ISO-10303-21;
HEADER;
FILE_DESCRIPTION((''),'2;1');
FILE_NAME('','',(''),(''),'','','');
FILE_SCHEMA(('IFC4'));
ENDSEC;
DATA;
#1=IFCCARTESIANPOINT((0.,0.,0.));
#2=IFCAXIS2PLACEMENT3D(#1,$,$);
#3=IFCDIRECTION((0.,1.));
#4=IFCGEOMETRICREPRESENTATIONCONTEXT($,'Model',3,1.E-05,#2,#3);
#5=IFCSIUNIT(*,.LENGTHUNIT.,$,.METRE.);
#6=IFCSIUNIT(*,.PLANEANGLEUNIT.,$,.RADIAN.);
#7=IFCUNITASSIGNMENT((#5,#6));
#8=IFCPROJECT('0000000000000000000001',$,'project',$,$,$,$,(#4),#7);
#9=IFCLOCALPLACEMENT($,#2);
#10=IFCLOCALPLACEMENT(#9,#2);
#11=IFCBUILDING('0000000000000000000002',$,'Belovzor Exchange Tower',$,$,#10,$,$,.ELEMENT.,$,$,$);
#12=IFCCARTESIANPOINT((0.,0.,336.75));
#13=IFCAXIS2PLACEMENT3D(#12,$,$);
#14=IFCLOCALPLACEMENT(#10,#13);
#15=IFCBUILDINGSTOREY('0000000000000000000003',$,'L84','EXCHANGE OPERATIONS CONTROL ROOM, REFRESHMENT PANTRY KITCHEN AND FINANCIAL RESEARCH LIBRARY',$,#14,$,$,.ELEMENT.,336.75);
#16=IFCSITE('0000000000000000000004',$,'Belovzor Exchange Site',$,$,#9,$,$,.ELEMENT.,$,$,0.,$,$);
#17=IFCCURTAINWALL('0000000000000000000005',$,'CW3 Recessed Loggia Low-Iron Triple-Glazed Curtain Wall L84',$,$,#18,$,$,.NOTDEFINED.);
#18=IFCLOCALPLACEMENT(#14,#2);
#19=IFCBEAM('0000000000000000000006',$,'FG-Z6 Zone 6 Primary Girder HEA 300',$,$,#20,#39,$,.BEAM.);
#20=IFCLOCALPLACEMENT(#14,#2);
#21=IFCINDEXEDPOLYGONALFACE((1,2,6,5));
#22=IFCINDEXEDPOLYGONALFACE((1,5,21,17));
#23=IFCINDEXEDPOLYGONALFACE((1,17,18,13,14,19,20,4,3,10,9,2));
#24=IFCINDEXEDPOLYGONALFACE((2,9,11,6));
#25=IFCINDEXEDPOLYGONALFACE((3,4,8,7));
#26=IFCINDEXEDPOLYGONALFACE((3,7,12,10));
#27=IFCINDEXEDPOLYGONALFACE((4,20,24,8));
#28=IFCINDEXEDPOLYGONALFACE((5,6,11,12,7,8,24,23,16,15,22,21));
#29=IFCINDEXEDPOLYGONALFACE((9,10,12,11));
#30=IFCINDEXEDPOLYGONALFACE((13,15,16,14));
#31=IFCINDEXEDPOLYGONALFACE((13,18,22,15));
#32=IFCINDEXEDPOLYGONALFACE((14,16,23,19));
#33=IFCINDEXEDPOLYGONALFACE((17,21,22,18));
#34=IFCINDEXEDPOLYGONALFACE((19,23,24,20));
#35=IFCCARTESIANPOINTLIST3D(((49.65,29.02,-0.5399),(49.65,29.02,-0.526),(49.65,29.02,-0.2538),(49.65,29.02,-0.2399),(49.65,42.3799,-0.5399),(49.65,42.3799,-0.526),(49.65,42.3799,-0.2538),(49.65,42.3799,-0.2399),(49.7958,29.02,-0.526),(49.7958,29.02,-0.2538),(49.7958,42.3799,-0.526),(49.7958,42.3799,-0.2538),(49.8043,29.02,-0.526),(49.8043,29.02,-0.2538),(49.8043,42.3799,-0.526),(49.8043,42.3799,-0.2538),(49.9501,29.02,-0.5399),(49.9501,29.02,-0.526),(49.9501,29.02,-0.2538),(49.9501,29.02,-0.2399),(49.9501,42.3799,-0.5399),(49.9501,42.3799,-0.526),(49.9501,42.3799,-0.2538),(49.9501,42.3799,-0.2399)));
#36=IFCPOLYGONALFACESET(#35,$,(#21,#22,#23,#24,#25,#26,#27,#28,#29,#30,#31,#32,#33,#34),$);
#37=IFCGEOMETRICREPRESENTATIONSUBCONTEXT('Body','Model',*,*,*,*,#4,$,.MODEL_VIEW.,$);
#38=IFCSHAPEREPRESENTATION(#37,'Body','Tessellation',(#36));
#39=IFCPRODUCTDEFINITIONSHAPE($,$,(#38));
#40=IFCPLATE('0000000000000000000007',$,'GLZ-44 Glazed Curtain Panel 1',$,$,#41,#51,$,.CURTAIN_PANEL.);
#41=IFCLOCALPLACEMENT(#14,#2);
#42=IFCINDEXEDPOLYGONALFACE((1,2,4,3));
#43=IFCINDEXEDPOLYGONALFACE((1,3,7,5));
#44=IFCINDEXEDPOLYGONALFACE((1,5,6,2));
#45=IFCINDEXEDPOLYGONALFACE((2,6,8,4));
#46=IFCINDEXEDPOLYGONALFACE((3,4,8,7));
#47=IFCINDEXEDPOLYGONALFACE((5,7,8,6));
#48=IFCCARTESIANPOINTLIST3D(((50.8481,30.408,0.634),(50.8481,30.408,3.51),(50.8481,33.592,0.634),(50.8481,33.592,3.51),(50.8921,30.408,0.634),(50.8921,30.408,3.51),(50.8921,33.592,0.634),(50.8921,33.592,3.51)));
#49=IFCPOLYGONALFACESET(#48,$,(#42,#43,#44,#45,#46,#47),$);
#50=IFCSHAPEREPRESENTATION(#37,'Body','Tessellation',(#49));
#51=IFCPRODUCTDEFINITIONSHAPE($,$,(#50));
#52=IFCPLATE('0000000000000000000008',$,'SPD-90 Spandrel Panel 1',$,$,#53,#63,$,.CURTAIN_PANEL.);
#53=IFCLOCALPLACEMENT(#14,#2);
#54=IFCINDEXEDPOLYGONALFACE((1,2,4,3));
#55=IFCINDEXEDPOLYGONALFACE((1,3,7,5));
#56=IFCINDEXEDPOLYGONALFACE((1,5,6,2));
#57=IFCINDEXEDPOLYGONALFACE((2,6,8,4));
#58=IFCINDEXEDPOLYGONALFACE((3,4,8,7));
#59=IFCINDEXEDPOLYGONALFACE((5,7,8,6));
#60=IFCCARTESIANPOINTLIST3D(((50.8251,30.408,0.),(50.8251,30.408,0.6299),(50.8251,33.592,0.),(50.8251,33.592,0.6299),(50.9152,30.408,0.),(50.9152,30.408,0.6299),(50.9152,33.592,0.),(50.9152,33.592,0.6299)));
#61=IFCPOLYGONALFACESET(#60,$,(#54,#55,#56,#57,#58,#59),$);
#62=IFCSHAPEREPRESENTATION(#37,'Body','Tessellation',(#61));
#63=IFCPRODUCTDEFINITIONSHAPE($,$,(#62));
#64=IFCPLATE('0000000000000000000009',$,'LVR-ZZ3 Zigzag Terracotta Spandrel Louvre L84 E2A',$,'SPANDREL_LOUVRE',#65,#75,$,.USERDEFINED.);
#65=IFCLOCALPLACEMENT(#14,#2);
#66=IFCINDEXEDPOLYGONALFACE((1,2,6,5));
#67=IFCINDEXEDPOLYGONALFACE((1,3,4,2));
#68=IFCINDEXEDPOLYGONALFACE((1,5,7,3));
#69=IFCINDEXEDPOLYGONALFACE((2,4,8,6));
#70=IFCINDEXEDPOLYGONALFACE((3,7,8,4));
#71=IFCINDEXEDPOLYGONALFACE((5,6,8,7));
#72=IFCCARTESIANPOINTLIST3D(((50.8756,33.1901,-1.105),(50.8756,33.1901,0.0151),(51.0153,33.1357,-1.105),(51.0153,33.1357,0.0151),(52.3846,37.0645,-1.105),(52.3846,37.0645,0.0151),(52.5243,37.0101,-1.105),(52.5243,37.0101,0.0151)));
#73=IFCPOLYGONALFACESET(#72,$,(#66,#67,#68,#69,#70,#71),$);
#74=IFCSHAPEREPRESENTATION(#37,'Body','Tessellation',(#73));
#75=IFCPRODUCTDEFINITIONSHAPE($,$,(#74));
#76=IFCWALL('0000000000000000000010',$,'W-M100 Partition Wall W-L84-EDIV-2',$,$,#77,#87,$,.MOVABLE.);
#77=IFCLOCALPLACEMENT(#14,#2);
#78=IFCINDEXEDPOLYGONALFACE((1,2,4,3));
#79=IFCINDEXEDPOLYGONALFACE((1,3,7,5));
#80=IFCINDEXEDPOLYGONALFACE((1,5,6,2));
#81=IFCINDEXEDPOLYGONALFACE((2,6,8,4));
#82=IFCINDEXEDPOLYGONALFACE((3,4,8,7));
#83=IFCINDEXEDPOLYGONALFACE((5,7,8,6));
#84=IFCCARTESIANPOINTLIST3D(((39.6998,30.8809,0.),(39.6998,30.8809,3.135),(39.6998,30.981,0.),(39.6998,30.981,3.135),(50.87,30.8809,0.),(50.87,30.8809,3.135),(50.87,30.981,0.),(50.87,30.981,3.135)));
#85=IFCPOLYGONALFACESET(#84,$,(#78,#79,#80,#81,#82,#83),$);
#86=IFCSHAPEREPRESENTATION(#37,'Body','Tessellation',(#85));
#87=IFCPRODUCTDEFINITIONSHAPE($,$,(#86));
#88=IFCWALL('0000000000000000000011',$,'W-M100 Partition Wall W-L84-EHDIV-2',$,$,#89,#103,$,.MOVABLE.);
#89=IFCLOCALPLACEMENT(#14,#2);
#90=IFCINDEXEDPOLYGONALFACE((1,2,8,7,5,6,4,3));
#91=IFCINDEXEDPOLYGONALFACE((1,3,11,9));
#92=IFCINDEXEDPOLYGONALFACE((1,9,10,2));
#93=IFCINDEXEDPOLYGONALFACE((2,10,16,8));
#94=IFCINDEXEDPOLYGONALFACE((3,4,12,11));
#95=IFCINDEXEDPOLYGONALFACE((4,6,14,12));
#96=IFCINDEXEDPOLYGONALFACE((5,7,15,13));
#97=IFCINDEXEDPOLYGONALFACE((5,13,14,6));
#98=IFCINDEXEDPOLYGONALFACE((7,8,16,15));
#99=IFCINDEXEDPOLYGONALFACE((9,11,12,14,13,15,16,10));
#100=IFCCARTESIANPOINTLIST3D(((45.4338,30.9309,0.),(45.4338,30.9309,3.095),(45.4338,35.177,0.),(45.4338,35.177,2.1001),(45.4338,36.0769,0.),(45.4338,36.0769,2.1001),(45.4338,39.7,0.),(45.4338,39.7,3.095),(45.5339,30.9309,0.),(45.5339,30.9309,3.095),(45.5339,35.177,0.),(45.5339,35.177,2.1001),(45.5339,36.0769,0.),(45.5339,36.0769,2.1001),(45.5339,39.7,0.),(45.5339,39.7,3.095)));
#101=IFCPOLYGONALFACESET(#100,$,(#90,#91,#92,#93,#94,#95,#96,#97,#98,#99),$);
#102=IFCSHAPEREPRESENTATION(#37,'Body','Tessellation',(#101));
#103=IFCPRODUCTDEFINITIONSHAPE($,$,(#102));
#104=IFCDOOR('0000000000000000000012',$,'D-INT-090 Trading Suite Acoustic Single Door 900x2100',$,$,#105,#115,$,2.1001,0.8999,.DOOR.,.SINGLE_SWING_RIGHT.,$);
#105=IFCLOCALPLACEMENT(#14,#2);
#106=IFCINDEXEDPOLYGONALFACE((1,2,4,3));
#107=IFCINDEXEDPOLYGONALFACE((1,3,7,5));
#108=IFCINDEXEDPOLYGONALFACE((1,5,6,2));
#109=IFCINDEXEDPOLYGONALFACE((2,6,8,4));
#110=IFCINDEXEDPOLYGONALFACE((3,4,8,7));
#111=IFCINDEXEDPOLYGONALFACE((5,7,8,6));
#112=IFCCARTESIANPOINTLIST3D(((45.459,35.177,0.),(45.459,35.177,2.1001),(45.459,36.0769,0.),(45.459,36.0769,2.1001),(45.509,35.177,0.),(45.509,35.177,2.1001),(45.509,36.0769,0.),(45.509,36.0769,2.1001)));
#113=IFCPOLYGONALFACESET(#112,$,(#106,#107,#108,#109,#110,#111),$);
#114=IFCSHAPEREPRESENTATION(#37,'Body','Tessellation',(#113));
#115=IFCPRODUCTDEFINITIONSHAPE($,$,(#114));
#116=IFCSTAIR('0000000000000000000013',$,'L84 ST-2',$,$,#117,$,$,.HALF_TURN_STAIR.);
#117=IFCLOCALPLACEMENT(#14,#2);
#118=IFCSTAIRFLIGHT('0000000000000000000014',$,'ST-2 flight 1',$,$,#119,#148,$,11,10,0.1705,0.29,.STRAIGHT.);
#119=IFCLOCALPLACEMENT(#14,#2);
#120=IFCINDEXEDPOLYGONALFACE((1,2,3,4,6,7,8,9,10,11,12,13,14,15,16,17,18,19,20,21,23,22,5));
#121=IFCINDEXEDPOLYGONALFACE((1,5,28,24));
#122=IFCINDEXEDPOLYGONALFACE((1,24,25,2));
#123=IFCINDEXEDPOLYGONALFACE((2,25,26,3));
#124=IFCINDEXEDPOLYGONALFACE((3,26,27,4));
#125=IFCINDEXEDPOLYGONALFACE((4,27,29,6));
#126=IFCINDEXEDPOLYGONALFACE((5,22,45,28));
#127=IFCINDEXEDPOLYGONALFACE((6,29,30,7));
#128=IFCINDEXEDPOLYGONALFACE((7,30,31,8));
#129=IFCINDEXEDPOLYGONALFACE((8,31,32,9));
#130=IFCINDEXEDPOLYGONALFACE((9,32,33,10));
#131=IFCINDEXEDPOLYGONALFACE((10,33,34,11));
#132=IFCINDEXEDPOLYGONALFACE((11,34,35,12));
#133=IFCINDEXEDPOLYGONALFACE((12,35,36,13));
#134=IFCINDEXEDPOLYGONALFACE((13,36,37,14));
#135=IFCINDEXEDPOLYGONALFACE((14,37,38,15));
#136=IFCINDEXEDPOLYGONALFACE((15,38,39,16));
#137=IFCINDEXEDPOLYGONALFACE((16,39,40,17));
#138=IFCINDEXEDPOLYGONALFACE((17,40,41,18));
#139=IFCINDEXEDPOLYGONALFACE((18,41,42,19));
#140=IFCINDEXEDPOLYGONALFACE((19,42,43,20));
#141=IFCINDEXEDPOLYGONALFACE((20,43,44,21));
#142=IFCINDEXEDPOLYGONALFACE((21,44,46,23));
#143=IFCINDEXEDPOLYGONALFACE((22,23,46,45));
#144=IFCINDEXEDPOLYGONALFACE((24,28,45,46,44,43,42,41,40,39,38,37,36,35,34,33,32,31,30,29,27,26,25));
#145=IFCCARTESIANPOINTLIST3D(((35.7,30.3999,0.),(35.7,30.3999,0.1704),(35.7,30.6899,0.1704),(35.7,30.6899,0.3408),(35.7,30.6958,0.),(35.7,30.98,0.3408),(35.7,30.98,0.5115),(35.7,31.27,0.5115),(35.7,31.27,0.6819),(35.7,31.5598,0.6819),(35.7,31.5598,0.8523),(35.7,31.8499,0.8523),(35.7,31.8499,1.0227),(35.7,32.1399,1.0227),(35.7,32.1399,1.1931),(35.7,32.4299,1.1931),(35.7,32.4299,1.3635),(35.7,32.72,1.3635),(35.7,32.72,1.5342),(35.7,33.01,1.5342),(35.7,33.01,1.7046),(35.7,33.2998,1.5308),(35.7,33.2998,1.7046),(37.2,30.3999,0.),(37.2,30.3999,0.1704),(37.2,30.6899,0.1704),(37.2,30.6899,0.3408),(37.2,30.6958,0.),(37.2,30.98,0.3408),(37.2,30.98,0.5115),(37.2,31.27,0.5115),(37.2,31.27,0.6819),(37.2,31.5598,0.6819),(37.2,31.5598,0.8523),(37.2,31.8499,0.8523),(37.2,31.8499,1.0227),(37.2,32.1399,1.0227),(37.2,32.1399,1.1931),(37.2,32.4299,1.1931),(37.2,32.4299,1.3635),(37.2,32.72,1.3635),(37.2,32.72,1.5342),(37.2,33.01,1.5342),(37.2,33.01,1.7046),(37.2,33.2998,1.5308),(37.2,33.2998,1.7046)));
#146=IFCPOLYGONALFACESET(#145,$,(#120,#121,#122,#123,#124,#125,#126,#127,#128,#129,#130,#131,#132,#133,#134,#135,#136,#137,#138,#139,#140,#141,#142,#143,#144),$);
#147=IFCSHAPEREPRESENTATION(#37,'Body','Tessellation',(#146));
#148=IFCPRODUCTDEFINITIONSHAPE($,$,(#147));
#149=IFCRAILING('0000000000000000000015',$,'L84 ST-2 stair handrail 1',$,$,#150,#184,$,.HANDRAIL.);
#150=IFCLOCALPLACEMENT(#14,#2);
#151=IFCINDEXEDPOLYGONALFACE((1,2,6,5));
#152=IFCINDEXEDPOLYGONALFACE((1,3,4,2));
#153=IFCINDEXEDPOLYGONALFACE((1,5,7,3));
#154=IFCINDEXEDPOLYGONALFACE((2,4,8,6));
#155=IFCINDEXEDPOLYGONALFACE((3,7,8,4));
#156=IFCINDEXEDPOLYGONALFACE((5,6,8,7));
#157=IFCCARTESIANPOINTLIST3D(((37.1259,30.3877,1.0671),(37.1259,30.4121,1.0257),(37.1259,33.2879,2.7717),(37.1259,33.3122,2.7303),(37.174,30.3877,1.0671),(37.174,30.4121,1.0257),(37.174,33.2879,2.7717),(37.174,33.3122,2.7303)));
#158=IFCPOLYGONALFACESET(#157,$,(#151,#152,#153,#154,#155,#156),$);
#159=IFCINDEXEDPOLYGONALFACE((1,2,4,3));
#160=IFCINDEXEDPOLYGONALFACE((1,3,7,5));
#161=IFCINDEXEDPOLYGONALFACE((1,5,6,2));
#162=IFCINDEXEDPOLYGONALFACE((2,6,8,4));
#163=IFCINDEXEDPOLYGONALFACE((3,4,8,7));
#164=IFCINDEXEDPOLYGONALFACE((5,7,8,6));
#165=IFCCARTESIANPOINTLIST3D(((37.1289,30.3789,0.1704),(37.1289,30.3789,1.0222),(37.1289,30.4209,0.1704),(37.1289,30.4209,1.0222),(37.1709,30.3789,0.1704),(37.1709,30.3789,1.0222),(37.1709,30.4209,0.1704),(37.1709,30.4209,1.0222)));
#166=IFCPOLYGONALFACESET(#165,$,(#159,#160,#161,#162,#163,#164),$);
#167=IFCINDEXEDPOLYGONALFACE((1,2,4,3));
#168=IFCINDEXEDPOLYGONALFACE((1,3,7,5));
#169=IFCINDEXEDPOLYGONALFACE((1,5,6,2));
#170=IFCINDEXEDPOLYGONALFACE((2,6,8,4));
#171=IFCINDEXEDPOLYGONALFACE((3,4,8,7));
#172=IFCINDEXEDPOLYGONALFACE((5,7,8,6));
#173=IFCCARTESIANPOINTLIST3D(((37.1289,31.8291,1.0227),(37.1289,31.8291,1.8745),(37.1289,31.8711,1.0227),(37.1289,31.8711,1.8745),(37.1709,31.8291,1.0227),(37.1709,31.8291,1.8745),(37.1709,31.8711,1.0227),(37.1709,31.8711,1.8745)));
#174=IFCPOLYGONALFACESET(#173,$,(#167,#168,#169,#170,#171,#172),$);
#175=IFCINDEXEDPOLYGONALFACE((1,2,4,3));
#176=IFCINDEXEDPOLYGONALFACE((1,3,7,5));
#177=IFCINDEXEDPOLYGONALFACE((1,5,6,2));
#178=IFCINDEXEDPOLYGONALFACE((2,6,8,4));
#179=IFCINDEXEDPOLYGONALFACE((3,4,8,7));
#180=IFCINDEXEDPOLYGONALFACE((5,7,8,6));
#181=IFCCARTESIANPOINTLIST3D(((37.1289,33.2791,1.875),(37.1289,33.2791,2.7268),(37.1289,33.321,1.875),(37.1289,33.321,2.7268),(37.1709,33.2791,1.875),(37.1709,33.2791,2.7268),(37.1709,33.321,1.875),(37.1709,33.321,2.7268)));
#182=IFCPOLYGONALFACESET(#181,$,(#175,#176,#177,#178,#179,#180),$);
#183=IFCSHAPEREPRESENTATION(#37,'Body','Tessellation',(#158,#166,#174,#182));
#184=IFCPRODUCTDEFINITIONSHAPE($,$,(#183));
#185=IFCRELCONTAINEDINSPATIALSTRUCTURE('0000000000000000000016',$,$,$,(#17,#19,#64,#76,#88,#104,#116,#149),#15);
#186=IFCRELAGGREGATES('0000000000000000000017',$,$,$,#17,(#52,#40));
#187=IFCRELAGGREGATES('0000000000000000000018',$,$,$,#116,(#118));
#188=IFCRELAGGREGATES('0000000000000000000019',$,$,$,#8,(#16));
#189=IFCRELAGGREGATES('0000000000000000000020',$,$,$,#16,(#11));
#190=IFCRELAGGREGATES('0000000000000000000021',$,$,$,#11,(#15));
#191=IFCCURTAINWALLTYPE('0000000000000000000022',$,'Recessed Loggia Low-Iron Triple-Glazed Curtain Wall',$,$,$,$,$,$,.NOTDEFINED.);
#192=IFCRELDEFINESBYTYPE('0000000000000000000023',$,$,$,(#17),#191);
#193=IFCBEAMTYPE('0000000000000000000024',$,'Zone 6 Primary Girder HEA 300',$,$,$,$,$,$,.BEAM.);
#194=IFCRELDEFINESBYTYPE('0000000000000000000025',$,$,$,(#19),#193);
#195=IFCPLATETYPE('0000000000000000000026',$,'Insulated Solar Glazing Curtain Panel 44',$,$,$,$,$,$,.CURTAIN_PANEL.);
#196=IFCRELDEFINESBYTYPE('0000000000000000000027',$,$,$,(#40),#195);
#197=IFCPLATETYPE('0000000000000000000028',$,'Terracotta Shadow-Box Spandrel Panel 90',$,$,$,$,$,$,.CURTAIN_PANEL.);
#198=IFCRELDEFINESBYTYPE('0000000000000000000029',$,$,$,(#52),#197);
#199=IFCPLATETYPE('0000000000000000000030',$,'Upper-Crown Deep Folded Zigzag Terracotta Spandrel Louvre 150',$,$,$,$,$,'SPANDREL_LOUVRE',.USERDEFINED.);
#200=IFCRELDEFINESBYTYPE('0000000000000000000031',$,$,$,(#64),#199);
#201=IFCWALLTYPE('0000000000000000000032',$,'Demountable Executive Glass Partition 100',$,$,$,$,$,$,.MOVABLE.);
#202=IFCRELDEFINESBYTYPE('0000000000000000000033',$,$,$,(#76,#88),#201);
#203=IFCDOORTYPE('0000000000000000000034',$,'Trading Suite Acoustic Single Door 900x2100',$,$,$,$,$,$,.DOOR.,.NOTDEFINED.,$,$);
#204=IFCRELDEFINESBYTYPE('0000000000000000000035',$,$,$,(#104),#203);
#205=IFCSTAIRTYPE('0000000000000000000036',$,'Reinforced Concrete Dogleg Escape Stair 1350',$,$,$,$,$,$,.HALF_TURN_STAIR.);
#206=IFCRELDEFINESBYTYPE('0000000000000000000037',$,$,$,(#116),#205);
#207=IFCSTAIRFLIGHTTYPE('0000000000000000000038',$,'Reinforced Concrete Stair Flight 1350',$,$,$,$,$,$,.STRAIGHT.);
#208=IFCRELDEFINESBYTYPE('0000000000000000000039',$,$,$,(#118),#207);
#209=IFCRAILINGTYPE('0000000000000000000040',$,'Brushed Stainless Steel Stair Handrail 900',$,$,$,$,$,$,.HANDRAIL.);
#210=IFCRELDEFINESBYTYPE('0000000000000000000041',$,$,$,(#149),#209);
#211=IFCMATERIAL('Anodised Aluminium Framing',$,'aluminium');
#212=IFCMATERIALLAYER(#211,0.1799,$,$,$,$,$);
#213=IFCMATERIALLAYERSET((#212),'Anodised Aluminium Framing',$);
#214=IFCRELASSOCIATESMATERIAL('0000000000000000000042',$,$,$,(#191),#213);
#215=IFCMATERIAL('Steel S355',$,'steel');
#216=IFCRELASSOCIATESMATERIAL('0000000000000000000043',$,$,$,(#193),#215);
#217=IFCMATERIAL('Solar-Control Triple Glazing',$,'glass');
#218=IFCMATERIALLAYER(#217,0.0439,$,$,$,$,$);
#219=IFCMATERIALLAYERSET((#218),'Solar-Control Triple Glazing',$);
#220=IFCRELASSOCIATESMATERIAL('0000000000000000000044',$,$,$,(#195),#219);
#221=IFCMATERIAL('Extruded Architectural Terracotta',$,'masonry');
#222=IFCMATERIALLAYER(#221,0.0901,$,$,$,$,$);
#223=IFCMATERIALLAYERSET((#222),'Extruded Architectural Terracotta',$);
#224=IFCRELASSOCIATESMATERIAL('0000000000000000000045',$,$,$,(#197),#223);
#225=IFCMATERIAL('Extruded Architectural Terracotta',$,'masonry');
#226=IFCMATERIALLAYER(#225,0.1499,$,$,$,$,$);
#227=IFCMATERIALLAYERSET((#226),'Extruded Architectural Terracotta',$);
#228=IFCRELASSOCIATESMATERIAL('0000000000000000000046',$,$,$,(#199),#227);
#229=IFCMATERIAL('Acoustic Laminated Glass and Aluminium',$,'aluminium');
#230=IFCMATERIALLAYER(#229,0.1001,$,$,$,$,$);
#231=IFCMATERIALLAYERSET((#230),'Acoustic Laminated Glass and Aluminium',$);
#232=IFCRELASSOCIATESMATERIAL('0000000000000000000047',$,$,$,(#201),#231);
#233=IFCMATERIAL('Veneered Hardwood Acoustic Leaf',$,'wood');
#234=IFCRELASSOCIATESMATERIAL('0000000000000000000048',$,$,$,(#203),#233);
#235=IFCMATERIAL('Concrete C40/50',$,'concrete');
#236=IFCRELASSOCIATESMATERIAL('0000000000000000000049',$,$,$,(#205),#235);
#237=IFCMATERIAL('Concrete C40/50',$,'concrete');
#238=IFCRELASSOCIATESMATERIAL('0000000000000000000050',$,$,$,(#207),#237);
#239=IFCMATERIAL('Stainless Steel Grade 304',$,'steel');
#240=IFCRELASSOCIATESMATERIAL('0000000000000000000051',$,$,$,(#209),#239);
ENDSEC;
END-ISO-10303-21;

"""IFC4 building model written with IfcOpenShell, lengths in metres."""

from ifc_helpers import new_model, si_unit, direction, frame, frame_2d, origin, origin_2d, place, context, subcontext, project, spatial, polyline, rectangle, i_section, outline, extrude, material, layer, layer_set, material_profile, profile_set, type_object, element, fill, aggregate, save


model = new_model("IFC4")

# Units and contexts
model_context = context("Model", 3, precision=1e-05, world=origin(), true_north=direction((0.0, 1.0)))
body_context = subcontext(model_context, "Body", "Model", "MODEL_VIEW")
ifc_project = project(units=[si_unit("LENGTHUNIT", "METRE"), si_unit("PLANEANGLEUNIT", "RADIAN")], contexts=[model_context])

# Site, building, storey
site_placement = place(None, origin())
site = spatial("IfcSite", under=ifc_project, at=site_placement, Name="Belovzor Exchange Site", CompositionType="ELEMENT", RefElevation=0.0)
building_placement = place(site_placement, origin())
building = spatial("IfcBuilding", under=site, at=building_placement, Name="Belovzor Exchange Tower", CompositionType="ELEMENT")
storey_placement = place(building_placement, frame((0.0, 0.0, 336.75)))
storey = spatial("IfcBuildingStorey", under=building, at=storey_placement, Name="L84", Description="EXCHANGE OPERATIONS CONTROL ROOM, REFRESHMENT PANTRY KITCHEN AND FINANCIAL RESEARCH LIBRARY", CompositionType="ELEMENT", Elevation=336.75)

# Curtain wall
ifc_material_1 = material(Name="Anodised Aluminium Framing", Category="aluminium")
ifc_layer_1 = layer(ifc_material_1, 0.1799)
ifc_layer_set_1 = layer_set([ifc_layer_1], Name="Anodised Aluminium Framing")
curtain_wall_type = type_object("IfcCurtainWallType", Name="Recessed Loggia Low-Iron Triple-Glazed Curtain Wall", PredefinedType="NOTDEFINED", material=ifc_layer_set_1)
curtain_wall_placement = place(storey_placement, origin())
curtain_wall = element("IfcCurtainWall", 1, at=curtain_wall_placement, inside=storey, type_object=curtain_wall_type, Name="CW3 Recessed Loggia Low-Iron Triple-Glazed Curtain Wall L84", PredefinedType="NOTDEFINED")

# Beam
ifc_material_2 = material(Name="Steel S355", Category="steel")
ifc_material_profile_1 = material_profile(ifc_material_2, i_section(OverallWidth=0.3, OverallDepth=0.3, WebThickness=0.0085, FlangeThickness=0.0139, at=origin_2d()))
ifc_profile_set_1 = profile_set([ifc_material_profile_1], Name="Steel S355")
beam_type_1 = type_object("IfcBeamType", Name="Zone 6 Primary Girder HEA 300", PredefinedType="BEAM", material=ifc_profile_set_1)
beam_1_placement = place(storey_placement, frame((49.8, 29.02, -0.3899), z_axis=(0.0, 1.0, 0.0), x_axis=(-1.0, 0.0, 0.0)))
element("IfcBeam", 2, at=beam_1_placement, inside=storey, type_object=beam_type_1, Name="FG-Z6 Zone 6 Primary Girder HEA 300", PredefinedType="BEAM", context=body_context, shape_type="SweptSolid", body=[
    extrude(i_section(OverallWidth=0.3, OverallDepth=0.3, WebThickness=0.0085, FlangeThickness=0.0139, at=origin_2d()), origin(), (0.0, 0.0, 1.0), 13.3599),
])

# Plates
ifc_material_3 = material(Name="Solar-Control Triple Glazing", Category="glass")
ifc_layer_2 = layer(ifc_material_3, 0.0439)
ifc_layer_set_2 = layer_set([ifc_layer_2], Name="Solar-Control Triple Glazing")
plate_type_1 = type_object("IfcPlateType", Name="Insulated Solar Glazing Curtain Panel 44", PredefinedType="CURTAIN_PANEL", material=ifc_layer_set_2)
plate_1_placement = place(storey_placement, frame((50.8701, 32.0, 0.634), z_axis=(0.0, 0.0, 1.0), x_axis=(0.0, -1.0, 0.0)))
plate_1 = element("IfcPlate", 3, at=plate_1_placement, type_object=plate_type_1, Name="GLZ-44 Glazed Curtain Panel 1", PredefinedType="CURTAIN_PANEL", context=body_context, shape_type="SweptSolid", body=[
    extrude(rectangle(XDim=3.1841, YDim=0.0439, at=origin_2d()), origin(), (0.0, 0.0, 1.0), 2.876),
])
ifc_material_4 = material(Name="Extruded Architectural Terracotta", Category="masonry")
ifc_layer_3 = layer(ifc_material_4, 0.0901)
ifc_layer_set_3 = layer_set([ifc_layer_3], Name="Extruded Architectural Terracotta")
plate_type_2 = type_object("IfcPlateType", Name="Terracotta Shadow-Box Spandrel Panel 90", PredefinedType="CURTAIN_PANEL", material=ifc_layer_set_3)
plate_2_placement = place(storey_placement, frame((50.8701, 32.0, 0.0), z_axis=(0.0, 0.0, 1.0), x_axis=(0.0, -1.0, 0.0)))
plate_2 = element("IfcPlate", 4, at=plate_2_placement, type_object=plate_type_2, Name="SPD-90 Spandrel Panel 1", PredefinedType="CURTAIN_PANEL", context=body_context, shape_type="SweptSolid", body=[
    extrude(rectangle(XDim=3.1841, YDim=0.0901, at=origin_2d()), origin(), (0.0, 0.0, 1.0), 0.6299),
])
aggregate(curtain_wall, [plate_2, plate_1])
ifc_material_5 = material(Name="Extruded Architectural Terracotta", Category="masonry")
ifc_layer_4 = layer(ifc_material_5, 0.1499)
ifc_layer_set_4 = layer_set([ifc_layer_4], Name="Extruded Architectural Terracotta")
plate_type_3 = type_object("IfcPlateType", Name="Upper-Crown Deep Folded Zigzag Terracotta Spandrel Louvre 150", ElementType="SPANDREL_LOUVRE", PredefinedType="USERDEFINED", material=ifc_layer_set_4)
plate_3_placement = place(storey_placement, frame((51.7, 35.1001, -1.105), z_axis=(0.0, 0.0, 1.0), x_axis=(0.362926, 0.931818, 0.0)))
element("IfcPlate", 5, at=plate_3_placement, inside=storey, type_object=plate_type_3, Name="LVR-ZZ3 Zigzag Terracotta Spandrel Louvre L84 E2A", ObjectType="SPANDREL_LOUVRE", PredefinedType="USERDEFINED", context=body_context, shape_type="SweptSolid", body=[
    extrude(rectangle(XDim=4.158, YDim=0.1499, at=origin_2d()), origin(), (0.0, 0.0, 1.0), 1.1201),
])

# Wall
ifc_material_6 = material(Name="Acoustic Laminated Glass and Aluminium", Category="aluminium")
ifc_layer_5 = layer(ifc_material_6, 0.1001)
ifc_layer_set_5 = layer_set([ifc_layer_5], Name="Acoustic Laminated Glass and Aluminium")
wall_type = type_object("IfcWallType", Name="Demountable Executive Glass Partition 100", PredefinedType="MOVABLE", material=ifc_layer_set_5)
wall_1_placement = place(storey_placement, frame((39.7, 30.9309, 0.0), z_axis=(0.0, 0.0, 1.0), x_axis=(1.0, 0.0, 0.0)))
element("IfcWall", 6, at=wall_1_placement, inside=storey, type_object=wall_type, Name="W-M100 Partition Wall W-L84-EDIV-2", PredefinedType="MOVABLE", context=body_context, shape_type="SweptSolid", body=[
    extrude(rectangle(XDim=11.1702, YDim=0.1001, at=frame_2d((5.585, 0.0))), origin(), (0.0, 0.0, 1.0), 3.135),
])

# Wall, opening, door
wall_2_placement = place(storey_placement, frame((45.4839, 30.9309, 0.0), z_axis=(0.0, 0.0, 1.0), x_axis=(0.0, 1.0, 0.0)))
wall_2 = element("IfcWall", 7, at=wall_2_placement, inside=storey, type_object=wall_type, Name="W-M100 Partition Wall W-L84-EHDIV-2", PredefinedType="MOVABLE", context=body_context, shape_type="SweptSolid", body=[
    extrude(rectangle(XDim=8.769, YDim=0.1001, at=frame_2d((4.3845, 0.0))), origin(), (0.0, 0.0, 1.0), 3.095),
])
opening_placement = place(wall_2_placement, frame((4.2461, 0.0, 0.0)))
opening = element("IfcOpeningElement", 8, at=opening_placement, cuts=wall_2, PredefinedType="OPENING", context=body_context, shape_type="SweptSolid", body=[
    extrude(rectangle(XDim=0.8999, YDim=2.1001, at=frame_2d((0.45, 1.05))), frame((0.0, 0.0601, 0.0), z_axis=(0.0, -1.0, 0.0), x_axis=(1.0, 0.0, 0.0)), (0.0, 0.0, 1.0), 0.1201),
])
ifc_material_7 = material(Name="Veneered Hardwood Acoustic Leaf", Category="wood")
door_type = type_object("IfcDoorType", Name="Trading Suite Acoustic Single Door 900x2100", OperationType="NOTDEFINED", PredefinedType="DOOR", material=ifc_material_7)
door_placement = place(opening_placement, origin())
door = element("IfcDoor", 9, at=door_placement, inside=storey, type_object=door_type, Name="D-INT-090 Trading Suite Acoustic Single Door 900x2100", OperationType="SINGLE_SWING_RIGHT", OverallHeight=2.1001, OverallWidth=0.8999, PredefinedType="DOOR", context=body_context, shape_type="SweptSolid", body=[
    extrude(rectangle(XDim=0.8999, YDim=2.1001, at=frame_2d((0.45, 1.05))), frame((0.0, 0.0249, 0.0), z_axis=(0.0, -1.0, 0.0), x_axis=(1.0, 0.0, 0.0)), (0.0, 0.0, 1.0), 0.05),
])
fill(opening, door)

# Stair, stair flight
ifc_material_8 = material(Name="Concrete C40/50", Category="concrete")
stair_type = type_object("IfcStairType", Name="Reinforced Concrete Dogleg Escape Stair 1350", PredefinedType="HALF_TURN_STAIR", material=ifc_material_8)
stair_placement = place(storey_placement, origin())
stair = element("IfcStair", 10, at=stair_placement, inside=storey, type_object=stair_type, Name="L84 ST-2", PredefinedType="HALF_TURN_STAIR")
ifc_material_9 = material(Name="Concrete C40/50", Category="concrete")
stair_flight_type = type_object("IfcStairFlightType", Name="Reinforced Concrete Stair Flight 1350", PredefinedType="STRAIGHT", material=ifc_material_9)
stair_flight_placement = place(storey_placement, frame((36.45, 30.3999, 0.0), z_axis=(0.0, 0.0, 1.0), x_axis=(0.0, 1.0, 0.0)))
stair_flight = element("IfcStairFlight", 11, at=stair_flight_placement, type_object=stair_flight_type, Name="ST-2 flight 1", NumberOfRisers=11, NumberOfTreads=10, PredefinedType="STRAIGHT", RiserHeight=0.1705, TreadLength=0.29, context=body_context, shape_type="SweptSolid", body=[
    extrude(outline(polyline([(0.0, 0.0), (0.0, 0.1704), (0.29, 0.1704), (0.29, 0.3408), (0.5801, 0.3408), (0.5801, 0.5115), (0.8701, 0.5115), (0.8701, 0.6819), (1.1599, 0.6819), (1.1599, 0.8523), (1.45, 0.8523), (1.45, 1.0227), (1.74, 1.0227), (1.74, 1.1931), (2.03, 1.1931), (2.03, 1.3635), (2.3201, 1.3635), (2.3201, 1.5342), (2.6101, 1.5342), (2.6101, 1.7046), (2.8999, 1.7046), (2.8999, 1.875), (2.8999, 1.5308), (0.2959, 0.0), (0.0, 0.0)])), frame((0.0, 0.75, 0.0), z_axis=(0.0, -1.0, 0.0), x_axis=(1.0, 0.0, 0.0)), (0.0, 0.0, 1.0), 1.5),
])
aggregate(stair, [stair_flight])

# Railing
ifc_material_10 = material(Name="Stainless Steel Grade 304", Category="steel")
railing_type = type_object("IfcRailingType", Name="Brushed Stainless Steel Stair Handrail 900", PredefinedType="HANDRAIL", material=ifc_material_10)
railing_placement = place(storey_placement, frame((37.1499, 30.3999, 0.1704)))
element("IfcRailing", 12, at=railing_placement, inside=storey, type_object=railing_type, Name="L84 ST-2 stair handrail 1", PredefinedType="HANDRAIL", context=body_context, shape_type="SweptSolid", body=[
    extrude(rectangle(XDim=0.0481, YDim=0.0481, at=origin_2d()), frame((0.0, 0.0, 0.876), z_axis=(0.0, 0.862113, 0.506716), x_axis=(-1.0, 0.0, 0.0)), (0.0, 0.0, 1.0), 3.364),
    extrude(rectangle(XDim=0.042, YDim=0.042, at=origin_2d()), origin(), (0.0, 0.0, 1.0), 0.8518),
    extrude(rectangle(XDim=0.042, YDim=0.042, at=origin_2d()), frame((0.0, 1.4502, 0.8523)), (0.0, 0.0, 1.0), 0.8518),
    extrude(rectangle(XDim=0.042, YDim=0.042, at=origin_2d()), frame((0.0, 2.9001, 1.7046)), (0.0, 0.0, 1.0), 0.8518),
])

save(model, "model.ifc")
